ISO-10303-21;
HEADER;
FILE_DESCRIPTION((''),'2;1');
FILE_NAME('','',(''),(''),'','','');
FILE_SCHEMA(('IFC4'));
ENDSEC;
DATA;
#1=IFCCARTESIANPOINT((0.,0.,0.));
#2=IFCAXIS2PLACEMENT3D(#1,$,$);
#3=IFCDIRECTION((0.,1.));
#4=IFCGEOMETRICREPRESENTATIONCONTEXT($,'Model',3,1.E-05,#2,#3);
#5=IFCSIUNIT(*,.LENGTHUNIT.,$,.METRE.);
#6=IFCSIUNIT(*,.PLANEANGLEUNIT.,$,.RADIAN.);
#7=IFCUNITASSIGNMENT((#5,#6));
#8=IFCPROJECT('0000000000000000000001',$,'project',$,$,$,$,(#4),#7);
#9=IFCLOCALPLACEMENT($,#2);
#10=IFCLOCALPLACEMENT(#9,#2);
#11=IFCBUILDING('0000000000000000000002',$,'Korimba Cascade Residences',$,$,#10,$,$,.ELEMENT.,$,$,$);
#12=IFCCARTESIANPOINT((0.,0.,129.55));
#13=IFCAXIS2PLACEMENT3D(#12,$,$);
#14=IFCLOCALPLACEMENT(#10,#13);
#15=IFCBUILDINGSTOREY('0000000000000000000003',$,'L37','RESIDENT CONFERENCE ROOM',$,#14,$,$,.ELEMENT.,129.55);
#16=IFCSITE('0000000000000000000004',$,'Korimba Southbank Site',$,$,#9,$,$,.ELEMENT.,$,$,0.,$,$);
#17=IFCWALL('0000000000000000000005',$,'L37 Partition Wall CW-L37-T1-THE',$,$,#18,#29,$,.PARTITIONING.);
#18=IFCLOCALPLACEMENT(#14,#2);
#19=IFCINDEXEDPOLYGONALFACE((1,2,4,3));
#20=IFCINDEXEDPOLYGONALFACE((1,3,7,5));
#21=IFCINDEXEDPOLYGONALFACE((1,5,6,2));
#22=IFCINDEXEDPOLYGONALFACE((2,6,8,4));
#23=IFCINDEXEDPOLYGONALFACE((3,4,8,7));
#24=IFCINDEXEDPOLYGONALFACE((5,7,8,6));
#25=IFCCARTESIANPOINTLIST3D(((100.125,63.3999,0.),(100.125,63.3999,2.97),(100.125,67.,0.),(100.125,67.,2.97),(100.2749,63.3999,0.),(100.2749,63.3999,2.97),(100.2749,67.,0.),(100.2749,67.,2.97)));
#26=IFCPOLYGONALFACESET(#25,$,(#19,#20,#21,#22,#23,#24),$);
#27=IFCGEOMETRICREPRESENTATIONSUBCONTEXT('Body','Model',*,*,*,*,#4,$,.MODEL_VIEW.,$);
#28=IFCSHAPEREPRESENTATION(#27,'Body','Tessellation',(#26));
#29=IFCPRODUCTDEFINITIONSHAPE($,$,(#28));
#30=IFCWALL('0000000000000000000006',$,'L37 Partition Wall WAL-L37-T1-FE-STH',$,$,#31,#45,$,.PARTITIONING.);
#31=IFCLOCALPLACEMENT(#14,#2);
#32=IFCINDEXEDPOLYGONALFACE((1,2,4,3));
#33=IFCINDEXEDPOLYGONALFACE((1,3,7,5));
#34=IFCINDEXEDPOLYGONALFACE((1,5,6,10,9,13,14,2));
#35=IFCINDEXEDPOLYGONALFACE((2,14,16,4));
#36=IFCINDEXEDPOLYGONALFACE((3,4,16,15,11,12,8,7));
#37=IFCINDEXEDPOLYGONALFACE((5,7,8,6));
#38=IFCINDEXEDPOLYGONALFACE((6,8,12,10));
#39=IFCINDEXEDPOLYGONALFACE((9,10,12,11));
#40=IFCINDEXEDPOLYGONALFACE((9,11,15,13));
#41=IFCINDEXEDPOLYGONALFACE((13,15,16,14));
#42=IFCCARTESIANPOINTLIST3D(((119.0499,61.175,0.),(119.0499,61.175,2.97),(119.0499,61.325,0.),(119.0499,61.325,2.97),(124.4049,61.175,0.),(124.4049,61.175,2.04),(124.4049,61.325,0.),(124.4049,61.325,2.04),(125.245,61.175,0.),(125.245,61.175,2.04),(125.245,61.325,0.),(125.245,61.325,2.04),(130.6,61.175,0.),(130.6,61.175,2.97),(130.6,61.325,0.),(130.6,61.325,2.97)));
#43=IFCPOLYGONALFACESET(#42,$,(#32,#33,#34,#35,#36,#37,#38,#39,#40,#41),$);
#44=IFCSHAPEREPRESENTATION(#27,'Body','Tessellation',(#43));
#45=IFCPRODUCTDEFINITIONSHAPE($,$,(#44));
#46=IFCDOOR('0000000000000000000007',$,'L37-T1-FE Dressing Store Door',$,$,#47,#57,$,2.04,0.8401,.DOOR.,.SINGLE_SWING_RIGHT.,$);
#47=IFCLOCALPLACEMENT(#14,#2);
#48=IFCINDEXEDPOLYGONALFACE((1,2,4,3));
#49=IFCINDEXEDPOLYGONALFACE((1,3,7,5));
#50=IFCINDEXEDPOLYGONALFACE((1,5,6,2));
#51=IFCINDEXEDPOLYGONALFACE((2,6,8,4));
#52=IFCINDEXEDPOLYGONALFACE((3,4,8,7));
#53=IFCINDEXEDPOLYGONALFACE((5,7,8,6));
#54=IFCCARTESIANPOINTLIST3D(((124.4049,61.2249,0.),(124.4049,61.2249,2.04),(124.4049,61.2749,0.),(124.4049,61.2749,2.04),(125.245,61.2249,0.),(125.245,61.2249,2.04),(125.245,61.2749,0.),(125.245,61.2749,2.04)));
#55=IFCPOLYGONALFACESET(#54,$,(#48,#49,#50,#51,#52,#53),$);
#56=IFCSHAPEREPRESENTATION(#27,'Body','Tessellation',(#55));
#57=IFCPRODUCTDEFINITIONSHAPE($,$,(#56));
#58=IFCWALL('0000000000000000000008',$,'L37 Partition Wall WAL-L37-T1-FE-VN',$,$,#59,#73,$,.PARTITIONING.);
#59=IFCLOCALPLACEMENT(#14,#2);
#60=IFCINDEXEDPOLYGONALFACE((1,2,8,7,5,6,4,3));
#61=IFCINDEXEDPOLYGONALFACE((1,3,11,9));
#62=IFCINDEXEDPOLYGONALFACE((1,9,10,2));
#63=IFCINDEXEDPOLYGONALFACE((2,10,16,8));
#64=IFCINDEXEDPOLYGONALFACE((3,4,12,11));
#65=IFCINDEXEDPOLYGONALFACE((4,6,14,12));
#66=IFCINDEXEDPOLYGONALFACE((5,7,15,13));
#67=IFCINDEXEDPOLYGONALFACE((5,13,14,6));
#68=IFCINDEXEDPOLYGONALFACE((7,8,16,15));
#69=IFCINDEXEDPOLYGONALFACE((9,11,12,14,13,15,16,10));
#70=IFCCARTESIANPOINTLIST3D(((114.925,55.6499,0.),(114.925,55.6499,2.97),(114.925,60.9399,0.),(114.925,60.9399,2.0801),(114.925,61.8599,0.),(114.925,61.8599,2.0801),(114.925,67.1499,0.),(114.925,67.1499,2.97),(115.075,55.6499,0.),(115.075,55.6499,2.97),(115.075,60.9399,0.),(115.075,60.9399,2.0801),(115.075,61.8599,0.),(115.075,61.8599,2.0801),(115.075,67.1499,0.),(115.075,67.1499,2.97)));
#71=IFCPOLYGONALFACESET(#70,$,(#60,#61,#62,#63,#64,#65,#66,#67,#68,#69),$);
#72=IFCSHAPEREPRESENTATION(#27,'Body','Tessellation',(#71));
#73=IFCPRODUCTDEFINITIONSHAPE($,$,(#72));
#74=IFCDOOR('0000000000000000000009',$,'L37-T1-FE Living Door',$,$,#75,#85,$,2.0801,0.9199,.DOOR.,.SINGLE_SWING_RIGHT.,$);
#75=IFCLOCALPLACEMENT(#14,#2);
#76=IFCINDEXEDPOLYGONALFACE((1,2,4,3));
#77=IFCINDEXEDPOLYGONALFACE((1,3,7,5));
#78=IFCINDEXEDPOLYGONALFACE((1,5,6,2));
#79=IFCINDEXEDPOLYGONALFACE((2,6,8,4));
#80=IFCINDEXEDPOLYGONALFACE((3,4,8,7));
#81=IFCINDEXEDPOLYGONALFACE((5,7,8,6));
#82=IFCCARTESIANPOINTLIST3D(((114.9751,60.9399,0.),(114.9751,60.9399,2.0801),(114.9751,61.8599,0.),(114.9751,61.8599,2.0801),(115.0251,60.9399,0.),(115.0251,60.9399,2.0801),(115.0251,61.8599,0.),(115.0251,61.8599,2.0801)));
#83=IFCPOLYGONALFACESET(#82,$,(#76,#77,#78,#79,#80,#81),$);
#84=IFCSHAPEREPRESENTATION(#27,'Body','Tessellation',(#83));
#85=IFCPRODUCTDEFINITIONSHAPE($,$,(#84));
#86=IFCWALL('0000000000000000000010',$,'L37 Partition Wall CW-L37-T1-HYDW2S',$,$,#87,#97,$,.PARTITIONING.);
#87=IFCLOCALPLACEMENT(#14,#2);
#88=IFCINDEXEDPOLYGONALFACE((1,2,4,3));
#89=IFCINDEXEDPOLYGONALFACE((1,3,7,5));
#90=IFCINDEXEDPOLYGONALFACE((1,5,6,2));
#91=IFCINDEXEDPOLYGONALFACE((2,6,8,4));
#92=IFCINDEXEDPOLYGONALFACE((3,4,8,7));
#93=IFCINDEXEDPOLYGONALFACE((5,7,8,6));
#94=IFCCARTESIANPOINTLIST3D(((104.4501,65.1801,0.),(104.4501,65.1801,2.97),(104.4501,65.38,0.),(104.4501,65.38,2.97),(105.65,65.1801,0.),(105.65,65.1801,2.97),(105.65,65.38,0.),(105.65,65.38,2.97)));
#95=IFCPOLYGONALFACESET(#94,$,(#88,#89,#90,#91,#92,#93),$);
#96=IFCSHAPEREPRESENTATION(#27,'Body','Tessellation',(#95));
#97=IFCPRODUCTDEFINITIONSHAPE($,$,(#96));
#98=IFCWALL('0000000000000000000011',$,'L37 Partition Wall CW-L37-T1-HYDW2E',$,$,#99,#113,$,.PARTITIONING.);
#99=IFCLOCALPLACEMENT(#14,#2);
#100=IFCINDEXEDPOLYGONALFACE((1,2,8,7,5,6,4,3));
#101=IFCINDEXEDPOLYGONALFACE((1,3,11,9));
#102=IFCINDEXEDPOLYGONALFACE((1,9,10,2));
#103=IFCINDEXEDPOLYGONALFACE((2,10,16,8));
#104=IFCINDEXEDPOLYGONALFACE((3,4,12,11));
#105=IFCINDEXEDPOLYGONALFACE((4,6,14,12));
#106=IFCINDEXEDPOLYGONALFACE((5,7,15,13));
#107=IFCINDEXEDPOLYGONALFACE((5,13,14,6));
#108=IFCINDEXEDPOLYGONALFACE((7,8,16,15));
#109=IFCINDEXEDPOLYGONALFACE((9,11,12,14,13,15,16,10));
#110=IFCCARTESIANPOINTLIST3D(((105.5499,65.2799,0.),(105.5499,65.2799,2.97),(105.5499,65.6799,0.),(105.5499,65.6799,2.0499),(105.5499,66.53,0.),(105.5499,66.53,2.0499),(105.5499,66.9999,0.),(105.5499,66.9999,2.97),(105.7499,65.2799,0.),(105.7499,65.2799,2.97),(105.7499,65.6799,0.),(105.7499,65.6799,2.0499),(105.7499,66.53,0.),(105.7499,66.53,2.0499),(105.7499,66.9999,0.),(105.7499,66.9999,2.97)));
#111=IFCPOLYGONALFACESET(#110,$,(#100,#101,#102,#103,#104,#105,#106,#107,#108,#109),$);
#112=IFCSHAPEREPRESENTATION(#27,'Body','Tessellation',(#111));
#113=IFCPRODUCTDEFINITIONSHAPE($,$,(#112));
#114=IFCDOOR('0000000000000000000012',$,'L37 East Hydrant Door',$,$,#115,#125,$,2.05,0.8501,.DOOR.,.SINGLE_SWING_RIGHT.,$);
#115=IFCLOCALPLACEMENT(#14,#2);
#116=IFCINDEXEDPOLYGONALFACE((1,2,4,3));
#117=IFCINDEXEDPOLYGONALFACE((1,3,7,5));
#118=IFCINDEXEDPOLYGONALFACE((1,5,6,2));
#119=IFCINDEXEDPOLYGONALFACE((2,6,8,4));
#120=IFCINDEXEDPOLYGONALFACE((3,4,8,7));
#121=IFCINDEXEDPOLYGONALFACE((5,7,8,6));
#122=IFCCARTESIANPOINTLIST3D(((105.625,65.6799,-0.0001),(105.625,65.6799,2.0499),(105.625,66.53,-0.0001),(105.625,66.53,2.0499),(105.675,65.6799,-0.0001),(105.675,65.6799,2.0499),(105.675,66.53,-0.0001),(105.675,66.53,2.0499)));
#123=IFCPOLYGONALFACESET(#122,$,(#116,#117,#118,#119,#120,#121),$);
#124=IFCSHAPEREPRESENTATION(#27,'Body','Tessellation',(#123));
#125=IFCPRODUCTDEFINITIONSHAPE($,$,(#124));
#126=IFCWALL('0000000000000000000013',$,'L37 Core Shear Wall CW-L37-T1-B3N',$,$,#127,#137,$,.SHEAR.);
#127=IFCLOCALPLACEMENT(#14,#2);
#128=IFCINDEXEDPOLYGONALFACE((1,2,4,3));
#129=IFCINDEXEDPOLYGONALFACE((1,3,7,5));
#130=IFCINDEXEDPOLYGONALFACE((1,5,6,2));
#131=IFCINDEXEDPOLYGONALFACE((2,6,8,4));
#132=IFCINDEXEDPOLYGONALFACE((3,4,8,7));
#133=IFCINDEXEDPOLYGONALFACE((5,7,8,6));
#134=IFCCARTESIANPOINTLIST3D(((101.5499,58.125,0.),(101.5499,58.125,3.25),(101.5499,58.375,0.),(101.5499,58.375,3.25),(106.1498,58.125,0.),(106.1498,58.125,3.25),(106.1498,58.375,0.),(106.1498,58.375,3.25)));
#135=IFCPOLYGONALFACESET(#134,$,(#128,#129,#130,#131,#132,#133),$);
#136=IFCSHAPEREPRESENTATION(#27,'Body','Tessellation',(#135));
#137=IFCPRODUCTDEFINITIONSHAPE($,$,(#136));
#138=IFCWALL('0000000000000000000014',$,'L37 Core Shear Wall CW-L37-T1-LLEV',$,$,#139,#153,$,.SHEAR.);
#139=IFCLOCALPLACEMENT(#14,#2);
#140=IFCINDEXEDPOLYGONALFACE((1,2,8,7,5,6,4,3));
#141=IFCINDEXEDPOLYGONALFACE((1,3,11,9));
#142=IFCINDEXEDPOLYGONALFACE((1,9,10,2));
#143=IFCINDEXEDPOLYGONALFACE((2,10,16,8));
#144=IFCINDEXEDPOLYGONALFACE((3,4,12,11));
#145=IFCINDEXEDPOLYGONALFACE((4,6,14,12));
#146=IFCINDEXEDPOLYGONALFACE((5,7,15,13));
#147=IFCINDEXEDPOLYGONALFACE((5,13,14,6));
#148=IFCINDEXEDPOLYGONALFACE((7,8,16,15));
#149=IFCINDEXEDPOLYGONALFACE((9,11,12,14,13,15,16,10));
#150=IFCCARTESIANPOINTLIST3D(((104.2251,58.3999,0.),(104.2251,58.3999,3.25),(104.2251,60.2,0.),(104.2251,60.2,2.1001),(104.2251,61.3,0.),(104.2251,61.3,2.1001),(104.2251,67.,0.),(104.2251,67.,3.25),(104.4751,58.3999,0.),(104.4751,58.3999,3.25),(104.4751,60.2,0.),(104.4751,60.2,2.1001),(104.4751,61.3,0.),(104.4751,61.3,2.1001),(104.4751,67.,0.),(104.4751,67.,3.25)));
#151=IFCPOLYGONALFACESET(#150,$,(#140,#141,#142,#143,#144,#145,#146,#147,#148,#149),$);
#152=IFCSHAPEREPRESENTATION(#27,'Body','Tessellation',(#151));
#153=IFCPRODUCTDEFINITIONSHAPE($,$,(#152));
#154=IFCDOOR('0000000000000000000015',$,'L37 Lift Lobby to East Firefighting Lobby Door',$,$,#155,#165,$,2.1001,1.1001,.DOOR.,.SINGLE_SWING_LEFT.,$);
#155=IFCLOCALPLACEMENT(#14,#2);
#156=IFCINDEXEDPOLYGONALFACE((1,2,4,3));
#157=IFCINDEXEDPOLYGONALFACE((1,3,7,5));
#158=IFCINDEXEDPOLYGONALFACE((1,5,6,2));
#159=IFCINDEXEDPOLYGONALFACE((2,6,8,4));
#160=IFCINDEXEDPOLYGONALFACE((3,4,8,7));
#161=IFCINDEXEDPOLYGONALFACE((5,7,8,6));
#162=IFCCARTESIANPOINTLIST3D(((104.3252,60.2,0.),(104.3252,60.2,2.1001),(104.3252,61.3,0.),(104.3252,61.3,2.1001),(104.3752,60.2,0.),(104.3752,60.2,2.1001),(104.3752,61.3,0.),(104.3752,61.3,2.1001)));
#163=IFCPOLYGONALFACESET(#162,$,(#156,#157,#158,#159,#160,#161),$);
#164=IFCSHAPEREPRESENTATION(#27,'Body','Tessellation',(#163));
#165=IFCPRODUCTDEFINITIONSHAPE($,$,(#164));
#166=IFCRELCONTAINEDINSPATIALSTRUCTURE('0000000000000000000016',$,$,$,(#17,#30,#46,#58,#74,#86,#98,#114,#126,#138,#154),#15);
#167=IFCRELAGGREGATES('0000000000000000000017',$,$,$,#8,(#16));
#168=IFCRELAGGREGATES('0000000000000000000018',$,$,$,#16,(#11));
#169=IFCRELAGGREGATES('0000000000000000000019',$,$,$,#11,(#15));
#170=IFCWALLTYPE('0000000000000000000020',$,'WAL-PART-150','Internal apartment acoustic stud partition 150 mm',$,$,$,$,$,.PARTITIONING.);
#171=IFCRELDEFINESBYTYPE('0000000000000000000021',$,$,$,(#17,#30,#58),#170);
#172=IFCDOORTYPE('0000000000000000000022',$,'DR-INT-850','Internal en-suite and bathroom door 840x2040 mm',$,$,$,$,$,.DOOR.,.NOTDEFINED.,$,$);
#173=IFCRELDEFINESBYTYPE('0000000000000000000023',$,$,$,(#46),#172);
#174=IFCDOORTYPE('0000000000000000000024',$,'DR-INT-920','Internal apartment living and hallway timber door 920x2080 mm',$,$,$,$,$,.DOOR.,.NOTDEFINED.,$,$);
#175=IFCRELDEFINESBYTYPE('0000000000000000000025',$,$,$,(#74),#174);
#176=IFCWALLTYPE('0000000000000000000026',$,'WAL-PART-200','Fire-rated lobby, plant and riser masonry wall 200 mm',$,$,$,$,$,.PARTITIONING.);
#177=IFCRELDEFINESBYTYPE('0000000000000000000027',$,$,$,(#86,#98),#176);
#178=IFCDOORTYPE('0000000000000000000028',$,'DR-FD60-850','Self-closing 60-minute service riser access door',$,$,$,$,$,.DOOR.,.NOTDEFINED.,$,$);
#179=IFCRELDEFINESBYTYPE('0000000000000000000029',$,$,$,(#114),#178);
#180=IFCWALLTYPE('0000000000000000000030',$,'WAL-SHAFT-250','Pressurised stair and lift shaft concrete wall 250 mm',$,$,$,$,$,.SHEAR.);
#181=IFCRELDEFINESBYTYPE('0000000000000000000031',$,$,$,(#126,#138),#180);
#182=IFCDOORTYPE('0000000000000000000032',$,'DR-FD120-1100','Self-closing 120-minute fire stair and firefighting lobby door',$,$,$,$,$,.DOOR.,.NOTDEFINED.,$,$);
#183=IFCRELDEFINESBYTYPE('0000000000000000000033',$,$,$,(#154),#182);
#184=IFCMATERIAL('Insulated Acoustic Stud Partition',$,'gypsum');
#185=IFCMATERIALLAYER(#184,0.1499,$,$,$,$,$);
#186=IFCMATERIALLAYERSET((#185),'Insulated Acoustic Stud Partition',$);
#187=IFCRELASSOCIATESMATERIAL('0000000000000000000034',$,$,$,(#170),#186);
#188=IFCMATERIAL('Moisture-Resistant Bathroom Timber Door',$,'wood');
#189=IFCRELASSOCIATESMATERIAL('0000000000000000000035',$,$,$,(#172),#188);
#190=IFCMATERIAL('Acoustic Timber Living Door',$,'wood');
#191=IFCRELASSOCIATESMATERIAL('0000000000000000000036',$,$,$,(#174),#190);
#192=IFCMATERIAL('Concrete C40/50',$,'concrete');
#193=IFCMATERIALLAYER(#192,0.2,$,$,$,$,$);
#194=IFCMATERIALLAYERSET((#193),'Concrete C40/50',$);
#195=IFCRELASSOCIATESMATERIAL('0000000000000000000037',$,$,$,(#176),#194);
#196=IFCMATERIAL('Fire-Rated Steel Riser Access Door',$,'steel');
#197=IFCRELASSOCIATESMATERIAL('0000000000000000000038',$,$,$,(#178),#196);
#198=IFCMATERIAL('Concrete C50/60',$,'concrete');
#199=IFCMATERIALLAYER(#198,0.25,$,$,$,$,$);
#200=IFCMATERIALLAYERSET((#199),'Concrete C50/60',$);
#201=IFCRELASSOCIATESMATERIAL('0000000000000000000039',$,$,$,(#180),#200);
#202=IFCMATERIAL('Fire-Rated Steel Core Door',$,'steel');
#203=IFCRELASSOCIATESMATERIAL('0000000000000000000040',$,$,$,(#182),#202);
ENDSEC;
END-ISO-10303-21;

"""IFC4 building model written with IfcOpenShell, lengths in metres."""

from ifc_helpers import new_model, si_unit, direction, frame, frame_2d, origin, place, context, subcontext, project, spatial, rectangle, extrude, material, layer, layer_set, type_object, element, fill, save


model = new_model("IFC4")

# Units and contexts
model_context = context("Model", 3, precision=1e-05, world=origin(), true_north=direction((0.0, 1.0)))
body_context = subcontext(model_context, "Body", "Model", "MODEL_VIEW")
ifc_project = project(units=[si_unit("LENGTHUNIT", "METRE"), si_unit("PLANEANGLEUNIT", "RADIAN")], contexts=[model_context])

# Site, building, storey
site_placement = place(None, origin())
site = spatial("IfcSite", under=ifc_project, at=site_placement, Name="Korimba Southbank Site", CompositionType="ELEMENT", RefElevation=0.0)
building_placement = place(site_placement, origin())
building = spatial("IfcBuilding", under=site, at=building_placement, Name="Korimba Cascade Residences", CompositionType="ELEMENT")
storey_placement = place(building_placement, frame((0.0, 0.0, 129.55)))
storey = spatial("IfcBuildingStorey", under=building, at=storey_placement, Name="L37", Description="RESIDENT CONFERENCE ROOM", CompositionType="ELEMENT", Elevation=129.55)

# Wall
ifc_material_1 = material(Name="Insulated Acoustic Stud Partition", Category="gypsum")
ifc_layer_1 = layer(ifc_material_1, 0.1499)
ifc_layer_set_1 = layer_set([ifc_layer_1], Name="Insulated Acoustic Stud Partition")
wall_type_1 = type_object("IfcWallType", Name="WAL-PART-150", Description="Internal apartment acoustic stud partition 150 mm", PredefinedType="PARTITIONING", material=ifc_layer_set_1)
for number, where, z_axis, x_axis, name in (
    (1, (100.2, 63.3999, 0.0), (0.0, 0.0, 1.0), (0.0, 1.0, 0.0), "L37 Partition Wall CW-L37-T1-THE"),
):
    element("IfcWall", number, at=place(storey_placement, frame(where, z_axis=z_axis, x_axis=x_axis)), inside=storey, type_object=wall_type_1, Name=name, PredefinedType="PARTITIONING", context=body_context, shape_type="SweptSolid", body=[
        extrude(rectangle(XDim=3.6001, YDim=0.1499, at=frame_2d((1.8, 0.0))), origin(), (0.0, 0.0, 1.0), 2.97),
    ])

# Walls, openings, doors
wall_1_placement = place(storey_placement, frame((119.05, 61.25, 0.0), z_axis=(0.0, 0.0, 1.0), x_axis=(1.0, 0.0, 0.0)))
wall_1 = element("IfcWall", 2, at=wall_1_placement, inside=storey, type_object=wall_type_1, Name="L37 Partition Wall WAL-L37-T1-FE-STH", PredefinedType="PARTITIONING", context=body_context, shape_type="SweptSolid", body=[
    extrude(rectangle(XDim=11.55, YDim=0.1499, at=frame_2d((5.7749, 0.0))), origin(), (0.0, 0.0, 1.0), 2.97),
])
opening_1_placement = place(wall_1_placement, frame((5.355, 0.0, 0.0)))
opening_1 = element("IfcOpeningElement", 3, at=opening_1_placement, cuts=wall_1, PredefinedType="OPENING", context=body_context, shape_type="SweptSolid", body=[
    extrude(rectangle(XDim=0.8401, YDim=2.04, at=frame_2d((0.4199, 1.02))), frame((0.0, 0.085, 0.0), z_axis=(0.0, -1.0, 0.0), x_axis=(1.0, 0.0, 0.0)), (0.0, 0.0, 1.0), 0.1699),
])
ifc_material_2 = material(Name="Moisture-Resistant Bathroom Timber Door", Category="wood")
door_type_1 = type_object("IfcDoorType", Name="DR-INT-850", Description="Internal en-suite and bathroom door 840x2040 mm", OperationType="NOTDEFINED", PredefinedType="DOOR", material=ifc_material_2)
door_1_placement = place(opening_1_placement, origin())
door_1 = element("IfcDoor", 4, at=door_1_placement, inside=storey, type_object=door_type_1, Name="L37-T1-FE Dressing Store Door", OperationType="SINGLE_SWING_RIGHT", OverallHeight=2.04, OverallWidth=0.8401, PredefinedType="DOOR", context=body_context, shape_type="SweptSolid", body=[
    extrude(rectangle(XDim=0.8401, YDim=2.04, at=frame_2d((0.4199, 1.02))), frame((0.0, 0.0249, 0.0), z_axis=(0.0, -1.0, 0.0), x_axis=(1.0, 0.0, 0.0)), (0.0, 0.0, 1.0), 0.05),
])
fill(opening_1, door_1)
wall_2_placement = place(storey_placement, frame((115.0, 55.6499, 0.0), z_axis=(0.0, 0.0, 1.0), x_axis=(0.0, 1.0, 0.0)))
wall_2 = element("IfcWall", 5, at=wall_2_placement, inside=storey, type_object=wall_type_1, Name="L37 Partition Wall WAL-L37-T1-FE-VN", PredefinedType="PARTITIONING", context=body_context, shape_type="SweptSolid", body=[
    extrude(rectangle(XDim=11.5, YDim=0.1499, at=frame_2d((5.75, 0.0))), origin(), (0.0, 0.0, 1.0), 2.97),
])
opening_2_placement = place(wall_2_placement, frame((5.29, 0.0, 0.0)))
opening_2 = element("IfcOpeningElement", 6, at=opening_2_placement, cuts=wall_2, PredefinedType="OPENING", context=body_context, shape_type="SweptSolid", body=[
    extrude(rectangle(XDim=0.9199, YDim=2.0801, at=frame_2d((0.46, 1.04))), frame((0.0, 0.085, 0.0), z_axis=(0.0, -1.0, 0.0), x_axis=(1.0, 0.0, 0.0)), (0.0, 0.0, 1.0), 0.1699),
])
ifc_material_3 = material(Name="Acoustic Timber Living Door", Category="wood")
door_type_2 = type_object("IfcDoorType", Name="DR-INT-920", Description="Internal apartment living and hallway timber door 920x2080 mm", OperationType="NOTDEFINED", PredefinedType="DOOR", material=ifc_material_3)
door_2_placement = place(opening_2_placement, origin())
door_2 = element("IfcDoor", 7, at=door_2_placement, inside=storey, type_object=door_type_2, Name="L37-T1-FE Living Door", OperationType="SINGLE_SWING_RIGHT", OverallHeight=2.0801, OverallWidth=0.9199, PredefinedType="DOOR", context=body_context, shape_type="SweptSolid", body=[
    extrude(rectangle(XDim=0.9199, YDim=2.0801, at=frame_2d((0.46, 1.04))), frame((0.0, 0.0249, 0.0), z_axis=(0.0, -1.0, 0.0), x_axis=(1.0, 0.0, 0.0)), (0.0, 0.0, 1.0), 0.05),
])
fill(opening_2, door_2)

# Wall
ifc_material_4 = material(Name="Concrete C40/50", Category="concrete")
ifc_layer_2 = layer(ifc_material_4, 0.2)
ifc_layer_set_2 = layer_set([ifc_layer_2], Name="Concrete C40/50")
wall_type_2 = type_object("IfcWallType", Name="WAL-PART-200", Description="Fire-rated lobby, plant and riser masonry wall 200 mm", PredefinedType="PARTITIONING", material=ifc_layer_set_2)
wall_3_placement = place(storey_placement, frame((104.45, 65.28, 0.0), z_axis=(0.0, 0.0, 1.0), x_axis=(1.0, 0.0, 0.0)))
element("IfcWall", 8, at=wall_3_placement, inside=storey, type_object=wall_type_2, Name="L37 Partition Wall CW-L37-T1-HYDW2S", PredefinedType="PARTITIONING", context=body_context, shape_type="SweptSolid", body=[
    extrude(rectangle(XDim=1.2, YDim=0.2, at=frame_2d((0.6001, 0.0))), origin(), (0.0, 0.0, 1.0), 2.97),
])

# Wall, opening, door
wall_4_placement = place(storey_placement, frame((105.6499, 65.28, 0.0), z_axis=(0.0, 0.0, 1.0), x_axis=(0.0, 1.0, 0.0)))
wall_4 = element("IfcWall", 9, at=wall_4_placement, inside=storey, type_object=wall_type_2, Name="L37 Partition Wall CW-L37-T1-HYDW2E", PredefinedType="PARTITIONING", context=body_context, shape_type="SweptSolid", body=[
    extrude(rectangle(XDim=1.72, YDim=0.2, at=frame_2d((0.8599, 0.0))), origin(), (0.0, 0.0, 1.0), 2.97),
])
opening_3_placement = place(wall_4_placement, frame((0.3999, 0.0, 0.0)))
opening_3 = element("IfcOpeningElement", 10, at=opening_3_placement, cuts=wall_4, PredefinedType="OPENING", context=body_context, shape_type="SweptSolid", body=[
    extrude(rectangle(XDim=0.8501, YDim=2.05, at=frame_2d((0.425, 1.0249))), frame((0.0, 0.1099, 0.0), z_axis=(0.0, -1.0, 0.0), x_axis=(1.0, 0.0, 0.0)), (0.0, 0.0, 1.0), 0.22),
])
ifc_material_5 = material(Name="Fire-Rated Steel Riser Access Door", Category="steel")
door_type_3 = type_object("IfcDoorType", Name="DR-FD60-850", Description="Self-closing 60-minute service riser access door", OperationType="NOTDEFINED", PredefinedType="DOOR", material=ifc_material_5)
door_3_placement = place(opening_3_placement, origin())
door_3 = element("IfcDoor", 11, at=door_3_placement, inside=storey, type_object=door_type_3, Name="L37 East Hydrant Door", OperationType="SINGLE_SWING_RIGHT", OverallHeight=2.05, OverallWidth=0.8501, PredefinedType="DOOR", context=body_context, shape_type="SweptSolid", body=[
    extrude(rectangle(XDim=0.8501, YDim=2.05, at=frame_2d((0.425, 1.0249))), frame((0.0, 0.0249, 0.0), z_axis=(0.0, -1.0, 0.0), x_axis=(1.0, 0.0, 0.0)), (0.0, 0.0, 1.0), 0.05),
])
fill(opening_3, door_3)

# Wall
ifc_material_6 = material(Name="Concrete C50/60", Category="concrete")
ifc_layer_3 = layer(ifc_material_6, 0.25)
ifc_layer_set_3 = layer_set([ifc_layer_3], Name="Concrete C50/60")
wall_type_3 = type_object("IfcWallType", Name="WAL-SHAFT-250", Description="Pressurised stair and lift shaft concrete wall 250 mm", PredefinedType="SHEAR", material=ifc_layer_set_3)
wall_5_placement = place(storey_placement, frame((101.55, 58.25, 0.0), z_axis=(0.0, 0.0, 1.0), x_axis=(1.0, 0.0, 0.0)))
element("IfcWall", 12, at=wall_5_placement, inside=storey, type_object=wall_type_3, Name="L37 Core Shear Wall CW-L37-T1-B3N", PredefinedType="SHEAR", context=body_context, shape_type="SweptSolid", body=[
    extrude(rectangle(XDim=4.5999, YDim=0.25, at=frame_2d((2.2998, 0.0))), origin(), (0.0, 0.0, 1.0), 3.25),
])

# Wall, opening, door
wall_6_placement = place(storey_placement, frame((104.3501, 58.3999, 0.0), z_axis=(0.0, 0.0, 1.0), x_axis=(0.0, 1.0, 0.0)))
wall_6 = element("IfcWall", 13, at=wall_6_placement, inside=storey, type_object=wall_type_3, Name="L37 Core Shear Wall CW-L37-T1-LLEV", PredefinedType="SHEAR", context=body_context, shape_type="SweptSolid", body=[
    extrude(rectangle(XDim=8.6001, YDim=0.25, at=frame_2d((4.3, 0.0))), origin(), (0.0, 0.0, 1.0), 3.25),
])
opening_4_placement = place(wall_6_placement, frame((1.8, 0.0, 0.0)))
opening_4 = element("IfcOpeningElement", 14, at=opening_4_placement, cuts=wall_6, PredefinedType="OPENING", context=body_context, shape_type="SweptSolid", body=[
    extrude(rectangle(XDim=1.1001, YDim=2.1001, at=frame_2d((0.55, 1.05))), frame((0.0, 0.135, 0.0), z_axis=(0.0, -1.0, 0.0), x_axis=(1.0, 0.0, 0.0)), (0.0, 0.0, 1.0), 0.27),
])
ifc_material_7 = material(Name="Fire-Rated Steel Core Door", Category="steel")
door_type_4 = type_object("IfcDoorType", Name="DR-FD120-1100", Description="Self-closing 120-minute fire stair and firefighting lobby door", OperationType="NOTDEFINED", PredefinedType="DOOR", material=ifc_material_7)
door_4_placement = place(opening_4_placement, origin())
door_4 = element("IfcDoor", 15, at=door_4_placement, inside=storey, type_object=door_type_4, Name="L37 Lift Lobby to East Firefighting Lobby Door", OperationType="SINGLE_SWING_LEFT", OverallHeight=2.1001, OverallWidth=1.1001, PredefinedType="DOOR", context=body_context, shape_type="SweptSolid", body=[
    extrude(rectangle(XDim=1.1001, YDim=2.1001, at=frame_2d((0.55, 1.05))), frame((0.0, 0.0249, 0.0), z_axis=(0.0, -1.0, 0.0), x_axis=(1.0, 0.0, 0.0)), (0.0, 0.0, 1.0), 0.05),
])
fill(opening_4, door_4)

save(model, "model.ifc")
